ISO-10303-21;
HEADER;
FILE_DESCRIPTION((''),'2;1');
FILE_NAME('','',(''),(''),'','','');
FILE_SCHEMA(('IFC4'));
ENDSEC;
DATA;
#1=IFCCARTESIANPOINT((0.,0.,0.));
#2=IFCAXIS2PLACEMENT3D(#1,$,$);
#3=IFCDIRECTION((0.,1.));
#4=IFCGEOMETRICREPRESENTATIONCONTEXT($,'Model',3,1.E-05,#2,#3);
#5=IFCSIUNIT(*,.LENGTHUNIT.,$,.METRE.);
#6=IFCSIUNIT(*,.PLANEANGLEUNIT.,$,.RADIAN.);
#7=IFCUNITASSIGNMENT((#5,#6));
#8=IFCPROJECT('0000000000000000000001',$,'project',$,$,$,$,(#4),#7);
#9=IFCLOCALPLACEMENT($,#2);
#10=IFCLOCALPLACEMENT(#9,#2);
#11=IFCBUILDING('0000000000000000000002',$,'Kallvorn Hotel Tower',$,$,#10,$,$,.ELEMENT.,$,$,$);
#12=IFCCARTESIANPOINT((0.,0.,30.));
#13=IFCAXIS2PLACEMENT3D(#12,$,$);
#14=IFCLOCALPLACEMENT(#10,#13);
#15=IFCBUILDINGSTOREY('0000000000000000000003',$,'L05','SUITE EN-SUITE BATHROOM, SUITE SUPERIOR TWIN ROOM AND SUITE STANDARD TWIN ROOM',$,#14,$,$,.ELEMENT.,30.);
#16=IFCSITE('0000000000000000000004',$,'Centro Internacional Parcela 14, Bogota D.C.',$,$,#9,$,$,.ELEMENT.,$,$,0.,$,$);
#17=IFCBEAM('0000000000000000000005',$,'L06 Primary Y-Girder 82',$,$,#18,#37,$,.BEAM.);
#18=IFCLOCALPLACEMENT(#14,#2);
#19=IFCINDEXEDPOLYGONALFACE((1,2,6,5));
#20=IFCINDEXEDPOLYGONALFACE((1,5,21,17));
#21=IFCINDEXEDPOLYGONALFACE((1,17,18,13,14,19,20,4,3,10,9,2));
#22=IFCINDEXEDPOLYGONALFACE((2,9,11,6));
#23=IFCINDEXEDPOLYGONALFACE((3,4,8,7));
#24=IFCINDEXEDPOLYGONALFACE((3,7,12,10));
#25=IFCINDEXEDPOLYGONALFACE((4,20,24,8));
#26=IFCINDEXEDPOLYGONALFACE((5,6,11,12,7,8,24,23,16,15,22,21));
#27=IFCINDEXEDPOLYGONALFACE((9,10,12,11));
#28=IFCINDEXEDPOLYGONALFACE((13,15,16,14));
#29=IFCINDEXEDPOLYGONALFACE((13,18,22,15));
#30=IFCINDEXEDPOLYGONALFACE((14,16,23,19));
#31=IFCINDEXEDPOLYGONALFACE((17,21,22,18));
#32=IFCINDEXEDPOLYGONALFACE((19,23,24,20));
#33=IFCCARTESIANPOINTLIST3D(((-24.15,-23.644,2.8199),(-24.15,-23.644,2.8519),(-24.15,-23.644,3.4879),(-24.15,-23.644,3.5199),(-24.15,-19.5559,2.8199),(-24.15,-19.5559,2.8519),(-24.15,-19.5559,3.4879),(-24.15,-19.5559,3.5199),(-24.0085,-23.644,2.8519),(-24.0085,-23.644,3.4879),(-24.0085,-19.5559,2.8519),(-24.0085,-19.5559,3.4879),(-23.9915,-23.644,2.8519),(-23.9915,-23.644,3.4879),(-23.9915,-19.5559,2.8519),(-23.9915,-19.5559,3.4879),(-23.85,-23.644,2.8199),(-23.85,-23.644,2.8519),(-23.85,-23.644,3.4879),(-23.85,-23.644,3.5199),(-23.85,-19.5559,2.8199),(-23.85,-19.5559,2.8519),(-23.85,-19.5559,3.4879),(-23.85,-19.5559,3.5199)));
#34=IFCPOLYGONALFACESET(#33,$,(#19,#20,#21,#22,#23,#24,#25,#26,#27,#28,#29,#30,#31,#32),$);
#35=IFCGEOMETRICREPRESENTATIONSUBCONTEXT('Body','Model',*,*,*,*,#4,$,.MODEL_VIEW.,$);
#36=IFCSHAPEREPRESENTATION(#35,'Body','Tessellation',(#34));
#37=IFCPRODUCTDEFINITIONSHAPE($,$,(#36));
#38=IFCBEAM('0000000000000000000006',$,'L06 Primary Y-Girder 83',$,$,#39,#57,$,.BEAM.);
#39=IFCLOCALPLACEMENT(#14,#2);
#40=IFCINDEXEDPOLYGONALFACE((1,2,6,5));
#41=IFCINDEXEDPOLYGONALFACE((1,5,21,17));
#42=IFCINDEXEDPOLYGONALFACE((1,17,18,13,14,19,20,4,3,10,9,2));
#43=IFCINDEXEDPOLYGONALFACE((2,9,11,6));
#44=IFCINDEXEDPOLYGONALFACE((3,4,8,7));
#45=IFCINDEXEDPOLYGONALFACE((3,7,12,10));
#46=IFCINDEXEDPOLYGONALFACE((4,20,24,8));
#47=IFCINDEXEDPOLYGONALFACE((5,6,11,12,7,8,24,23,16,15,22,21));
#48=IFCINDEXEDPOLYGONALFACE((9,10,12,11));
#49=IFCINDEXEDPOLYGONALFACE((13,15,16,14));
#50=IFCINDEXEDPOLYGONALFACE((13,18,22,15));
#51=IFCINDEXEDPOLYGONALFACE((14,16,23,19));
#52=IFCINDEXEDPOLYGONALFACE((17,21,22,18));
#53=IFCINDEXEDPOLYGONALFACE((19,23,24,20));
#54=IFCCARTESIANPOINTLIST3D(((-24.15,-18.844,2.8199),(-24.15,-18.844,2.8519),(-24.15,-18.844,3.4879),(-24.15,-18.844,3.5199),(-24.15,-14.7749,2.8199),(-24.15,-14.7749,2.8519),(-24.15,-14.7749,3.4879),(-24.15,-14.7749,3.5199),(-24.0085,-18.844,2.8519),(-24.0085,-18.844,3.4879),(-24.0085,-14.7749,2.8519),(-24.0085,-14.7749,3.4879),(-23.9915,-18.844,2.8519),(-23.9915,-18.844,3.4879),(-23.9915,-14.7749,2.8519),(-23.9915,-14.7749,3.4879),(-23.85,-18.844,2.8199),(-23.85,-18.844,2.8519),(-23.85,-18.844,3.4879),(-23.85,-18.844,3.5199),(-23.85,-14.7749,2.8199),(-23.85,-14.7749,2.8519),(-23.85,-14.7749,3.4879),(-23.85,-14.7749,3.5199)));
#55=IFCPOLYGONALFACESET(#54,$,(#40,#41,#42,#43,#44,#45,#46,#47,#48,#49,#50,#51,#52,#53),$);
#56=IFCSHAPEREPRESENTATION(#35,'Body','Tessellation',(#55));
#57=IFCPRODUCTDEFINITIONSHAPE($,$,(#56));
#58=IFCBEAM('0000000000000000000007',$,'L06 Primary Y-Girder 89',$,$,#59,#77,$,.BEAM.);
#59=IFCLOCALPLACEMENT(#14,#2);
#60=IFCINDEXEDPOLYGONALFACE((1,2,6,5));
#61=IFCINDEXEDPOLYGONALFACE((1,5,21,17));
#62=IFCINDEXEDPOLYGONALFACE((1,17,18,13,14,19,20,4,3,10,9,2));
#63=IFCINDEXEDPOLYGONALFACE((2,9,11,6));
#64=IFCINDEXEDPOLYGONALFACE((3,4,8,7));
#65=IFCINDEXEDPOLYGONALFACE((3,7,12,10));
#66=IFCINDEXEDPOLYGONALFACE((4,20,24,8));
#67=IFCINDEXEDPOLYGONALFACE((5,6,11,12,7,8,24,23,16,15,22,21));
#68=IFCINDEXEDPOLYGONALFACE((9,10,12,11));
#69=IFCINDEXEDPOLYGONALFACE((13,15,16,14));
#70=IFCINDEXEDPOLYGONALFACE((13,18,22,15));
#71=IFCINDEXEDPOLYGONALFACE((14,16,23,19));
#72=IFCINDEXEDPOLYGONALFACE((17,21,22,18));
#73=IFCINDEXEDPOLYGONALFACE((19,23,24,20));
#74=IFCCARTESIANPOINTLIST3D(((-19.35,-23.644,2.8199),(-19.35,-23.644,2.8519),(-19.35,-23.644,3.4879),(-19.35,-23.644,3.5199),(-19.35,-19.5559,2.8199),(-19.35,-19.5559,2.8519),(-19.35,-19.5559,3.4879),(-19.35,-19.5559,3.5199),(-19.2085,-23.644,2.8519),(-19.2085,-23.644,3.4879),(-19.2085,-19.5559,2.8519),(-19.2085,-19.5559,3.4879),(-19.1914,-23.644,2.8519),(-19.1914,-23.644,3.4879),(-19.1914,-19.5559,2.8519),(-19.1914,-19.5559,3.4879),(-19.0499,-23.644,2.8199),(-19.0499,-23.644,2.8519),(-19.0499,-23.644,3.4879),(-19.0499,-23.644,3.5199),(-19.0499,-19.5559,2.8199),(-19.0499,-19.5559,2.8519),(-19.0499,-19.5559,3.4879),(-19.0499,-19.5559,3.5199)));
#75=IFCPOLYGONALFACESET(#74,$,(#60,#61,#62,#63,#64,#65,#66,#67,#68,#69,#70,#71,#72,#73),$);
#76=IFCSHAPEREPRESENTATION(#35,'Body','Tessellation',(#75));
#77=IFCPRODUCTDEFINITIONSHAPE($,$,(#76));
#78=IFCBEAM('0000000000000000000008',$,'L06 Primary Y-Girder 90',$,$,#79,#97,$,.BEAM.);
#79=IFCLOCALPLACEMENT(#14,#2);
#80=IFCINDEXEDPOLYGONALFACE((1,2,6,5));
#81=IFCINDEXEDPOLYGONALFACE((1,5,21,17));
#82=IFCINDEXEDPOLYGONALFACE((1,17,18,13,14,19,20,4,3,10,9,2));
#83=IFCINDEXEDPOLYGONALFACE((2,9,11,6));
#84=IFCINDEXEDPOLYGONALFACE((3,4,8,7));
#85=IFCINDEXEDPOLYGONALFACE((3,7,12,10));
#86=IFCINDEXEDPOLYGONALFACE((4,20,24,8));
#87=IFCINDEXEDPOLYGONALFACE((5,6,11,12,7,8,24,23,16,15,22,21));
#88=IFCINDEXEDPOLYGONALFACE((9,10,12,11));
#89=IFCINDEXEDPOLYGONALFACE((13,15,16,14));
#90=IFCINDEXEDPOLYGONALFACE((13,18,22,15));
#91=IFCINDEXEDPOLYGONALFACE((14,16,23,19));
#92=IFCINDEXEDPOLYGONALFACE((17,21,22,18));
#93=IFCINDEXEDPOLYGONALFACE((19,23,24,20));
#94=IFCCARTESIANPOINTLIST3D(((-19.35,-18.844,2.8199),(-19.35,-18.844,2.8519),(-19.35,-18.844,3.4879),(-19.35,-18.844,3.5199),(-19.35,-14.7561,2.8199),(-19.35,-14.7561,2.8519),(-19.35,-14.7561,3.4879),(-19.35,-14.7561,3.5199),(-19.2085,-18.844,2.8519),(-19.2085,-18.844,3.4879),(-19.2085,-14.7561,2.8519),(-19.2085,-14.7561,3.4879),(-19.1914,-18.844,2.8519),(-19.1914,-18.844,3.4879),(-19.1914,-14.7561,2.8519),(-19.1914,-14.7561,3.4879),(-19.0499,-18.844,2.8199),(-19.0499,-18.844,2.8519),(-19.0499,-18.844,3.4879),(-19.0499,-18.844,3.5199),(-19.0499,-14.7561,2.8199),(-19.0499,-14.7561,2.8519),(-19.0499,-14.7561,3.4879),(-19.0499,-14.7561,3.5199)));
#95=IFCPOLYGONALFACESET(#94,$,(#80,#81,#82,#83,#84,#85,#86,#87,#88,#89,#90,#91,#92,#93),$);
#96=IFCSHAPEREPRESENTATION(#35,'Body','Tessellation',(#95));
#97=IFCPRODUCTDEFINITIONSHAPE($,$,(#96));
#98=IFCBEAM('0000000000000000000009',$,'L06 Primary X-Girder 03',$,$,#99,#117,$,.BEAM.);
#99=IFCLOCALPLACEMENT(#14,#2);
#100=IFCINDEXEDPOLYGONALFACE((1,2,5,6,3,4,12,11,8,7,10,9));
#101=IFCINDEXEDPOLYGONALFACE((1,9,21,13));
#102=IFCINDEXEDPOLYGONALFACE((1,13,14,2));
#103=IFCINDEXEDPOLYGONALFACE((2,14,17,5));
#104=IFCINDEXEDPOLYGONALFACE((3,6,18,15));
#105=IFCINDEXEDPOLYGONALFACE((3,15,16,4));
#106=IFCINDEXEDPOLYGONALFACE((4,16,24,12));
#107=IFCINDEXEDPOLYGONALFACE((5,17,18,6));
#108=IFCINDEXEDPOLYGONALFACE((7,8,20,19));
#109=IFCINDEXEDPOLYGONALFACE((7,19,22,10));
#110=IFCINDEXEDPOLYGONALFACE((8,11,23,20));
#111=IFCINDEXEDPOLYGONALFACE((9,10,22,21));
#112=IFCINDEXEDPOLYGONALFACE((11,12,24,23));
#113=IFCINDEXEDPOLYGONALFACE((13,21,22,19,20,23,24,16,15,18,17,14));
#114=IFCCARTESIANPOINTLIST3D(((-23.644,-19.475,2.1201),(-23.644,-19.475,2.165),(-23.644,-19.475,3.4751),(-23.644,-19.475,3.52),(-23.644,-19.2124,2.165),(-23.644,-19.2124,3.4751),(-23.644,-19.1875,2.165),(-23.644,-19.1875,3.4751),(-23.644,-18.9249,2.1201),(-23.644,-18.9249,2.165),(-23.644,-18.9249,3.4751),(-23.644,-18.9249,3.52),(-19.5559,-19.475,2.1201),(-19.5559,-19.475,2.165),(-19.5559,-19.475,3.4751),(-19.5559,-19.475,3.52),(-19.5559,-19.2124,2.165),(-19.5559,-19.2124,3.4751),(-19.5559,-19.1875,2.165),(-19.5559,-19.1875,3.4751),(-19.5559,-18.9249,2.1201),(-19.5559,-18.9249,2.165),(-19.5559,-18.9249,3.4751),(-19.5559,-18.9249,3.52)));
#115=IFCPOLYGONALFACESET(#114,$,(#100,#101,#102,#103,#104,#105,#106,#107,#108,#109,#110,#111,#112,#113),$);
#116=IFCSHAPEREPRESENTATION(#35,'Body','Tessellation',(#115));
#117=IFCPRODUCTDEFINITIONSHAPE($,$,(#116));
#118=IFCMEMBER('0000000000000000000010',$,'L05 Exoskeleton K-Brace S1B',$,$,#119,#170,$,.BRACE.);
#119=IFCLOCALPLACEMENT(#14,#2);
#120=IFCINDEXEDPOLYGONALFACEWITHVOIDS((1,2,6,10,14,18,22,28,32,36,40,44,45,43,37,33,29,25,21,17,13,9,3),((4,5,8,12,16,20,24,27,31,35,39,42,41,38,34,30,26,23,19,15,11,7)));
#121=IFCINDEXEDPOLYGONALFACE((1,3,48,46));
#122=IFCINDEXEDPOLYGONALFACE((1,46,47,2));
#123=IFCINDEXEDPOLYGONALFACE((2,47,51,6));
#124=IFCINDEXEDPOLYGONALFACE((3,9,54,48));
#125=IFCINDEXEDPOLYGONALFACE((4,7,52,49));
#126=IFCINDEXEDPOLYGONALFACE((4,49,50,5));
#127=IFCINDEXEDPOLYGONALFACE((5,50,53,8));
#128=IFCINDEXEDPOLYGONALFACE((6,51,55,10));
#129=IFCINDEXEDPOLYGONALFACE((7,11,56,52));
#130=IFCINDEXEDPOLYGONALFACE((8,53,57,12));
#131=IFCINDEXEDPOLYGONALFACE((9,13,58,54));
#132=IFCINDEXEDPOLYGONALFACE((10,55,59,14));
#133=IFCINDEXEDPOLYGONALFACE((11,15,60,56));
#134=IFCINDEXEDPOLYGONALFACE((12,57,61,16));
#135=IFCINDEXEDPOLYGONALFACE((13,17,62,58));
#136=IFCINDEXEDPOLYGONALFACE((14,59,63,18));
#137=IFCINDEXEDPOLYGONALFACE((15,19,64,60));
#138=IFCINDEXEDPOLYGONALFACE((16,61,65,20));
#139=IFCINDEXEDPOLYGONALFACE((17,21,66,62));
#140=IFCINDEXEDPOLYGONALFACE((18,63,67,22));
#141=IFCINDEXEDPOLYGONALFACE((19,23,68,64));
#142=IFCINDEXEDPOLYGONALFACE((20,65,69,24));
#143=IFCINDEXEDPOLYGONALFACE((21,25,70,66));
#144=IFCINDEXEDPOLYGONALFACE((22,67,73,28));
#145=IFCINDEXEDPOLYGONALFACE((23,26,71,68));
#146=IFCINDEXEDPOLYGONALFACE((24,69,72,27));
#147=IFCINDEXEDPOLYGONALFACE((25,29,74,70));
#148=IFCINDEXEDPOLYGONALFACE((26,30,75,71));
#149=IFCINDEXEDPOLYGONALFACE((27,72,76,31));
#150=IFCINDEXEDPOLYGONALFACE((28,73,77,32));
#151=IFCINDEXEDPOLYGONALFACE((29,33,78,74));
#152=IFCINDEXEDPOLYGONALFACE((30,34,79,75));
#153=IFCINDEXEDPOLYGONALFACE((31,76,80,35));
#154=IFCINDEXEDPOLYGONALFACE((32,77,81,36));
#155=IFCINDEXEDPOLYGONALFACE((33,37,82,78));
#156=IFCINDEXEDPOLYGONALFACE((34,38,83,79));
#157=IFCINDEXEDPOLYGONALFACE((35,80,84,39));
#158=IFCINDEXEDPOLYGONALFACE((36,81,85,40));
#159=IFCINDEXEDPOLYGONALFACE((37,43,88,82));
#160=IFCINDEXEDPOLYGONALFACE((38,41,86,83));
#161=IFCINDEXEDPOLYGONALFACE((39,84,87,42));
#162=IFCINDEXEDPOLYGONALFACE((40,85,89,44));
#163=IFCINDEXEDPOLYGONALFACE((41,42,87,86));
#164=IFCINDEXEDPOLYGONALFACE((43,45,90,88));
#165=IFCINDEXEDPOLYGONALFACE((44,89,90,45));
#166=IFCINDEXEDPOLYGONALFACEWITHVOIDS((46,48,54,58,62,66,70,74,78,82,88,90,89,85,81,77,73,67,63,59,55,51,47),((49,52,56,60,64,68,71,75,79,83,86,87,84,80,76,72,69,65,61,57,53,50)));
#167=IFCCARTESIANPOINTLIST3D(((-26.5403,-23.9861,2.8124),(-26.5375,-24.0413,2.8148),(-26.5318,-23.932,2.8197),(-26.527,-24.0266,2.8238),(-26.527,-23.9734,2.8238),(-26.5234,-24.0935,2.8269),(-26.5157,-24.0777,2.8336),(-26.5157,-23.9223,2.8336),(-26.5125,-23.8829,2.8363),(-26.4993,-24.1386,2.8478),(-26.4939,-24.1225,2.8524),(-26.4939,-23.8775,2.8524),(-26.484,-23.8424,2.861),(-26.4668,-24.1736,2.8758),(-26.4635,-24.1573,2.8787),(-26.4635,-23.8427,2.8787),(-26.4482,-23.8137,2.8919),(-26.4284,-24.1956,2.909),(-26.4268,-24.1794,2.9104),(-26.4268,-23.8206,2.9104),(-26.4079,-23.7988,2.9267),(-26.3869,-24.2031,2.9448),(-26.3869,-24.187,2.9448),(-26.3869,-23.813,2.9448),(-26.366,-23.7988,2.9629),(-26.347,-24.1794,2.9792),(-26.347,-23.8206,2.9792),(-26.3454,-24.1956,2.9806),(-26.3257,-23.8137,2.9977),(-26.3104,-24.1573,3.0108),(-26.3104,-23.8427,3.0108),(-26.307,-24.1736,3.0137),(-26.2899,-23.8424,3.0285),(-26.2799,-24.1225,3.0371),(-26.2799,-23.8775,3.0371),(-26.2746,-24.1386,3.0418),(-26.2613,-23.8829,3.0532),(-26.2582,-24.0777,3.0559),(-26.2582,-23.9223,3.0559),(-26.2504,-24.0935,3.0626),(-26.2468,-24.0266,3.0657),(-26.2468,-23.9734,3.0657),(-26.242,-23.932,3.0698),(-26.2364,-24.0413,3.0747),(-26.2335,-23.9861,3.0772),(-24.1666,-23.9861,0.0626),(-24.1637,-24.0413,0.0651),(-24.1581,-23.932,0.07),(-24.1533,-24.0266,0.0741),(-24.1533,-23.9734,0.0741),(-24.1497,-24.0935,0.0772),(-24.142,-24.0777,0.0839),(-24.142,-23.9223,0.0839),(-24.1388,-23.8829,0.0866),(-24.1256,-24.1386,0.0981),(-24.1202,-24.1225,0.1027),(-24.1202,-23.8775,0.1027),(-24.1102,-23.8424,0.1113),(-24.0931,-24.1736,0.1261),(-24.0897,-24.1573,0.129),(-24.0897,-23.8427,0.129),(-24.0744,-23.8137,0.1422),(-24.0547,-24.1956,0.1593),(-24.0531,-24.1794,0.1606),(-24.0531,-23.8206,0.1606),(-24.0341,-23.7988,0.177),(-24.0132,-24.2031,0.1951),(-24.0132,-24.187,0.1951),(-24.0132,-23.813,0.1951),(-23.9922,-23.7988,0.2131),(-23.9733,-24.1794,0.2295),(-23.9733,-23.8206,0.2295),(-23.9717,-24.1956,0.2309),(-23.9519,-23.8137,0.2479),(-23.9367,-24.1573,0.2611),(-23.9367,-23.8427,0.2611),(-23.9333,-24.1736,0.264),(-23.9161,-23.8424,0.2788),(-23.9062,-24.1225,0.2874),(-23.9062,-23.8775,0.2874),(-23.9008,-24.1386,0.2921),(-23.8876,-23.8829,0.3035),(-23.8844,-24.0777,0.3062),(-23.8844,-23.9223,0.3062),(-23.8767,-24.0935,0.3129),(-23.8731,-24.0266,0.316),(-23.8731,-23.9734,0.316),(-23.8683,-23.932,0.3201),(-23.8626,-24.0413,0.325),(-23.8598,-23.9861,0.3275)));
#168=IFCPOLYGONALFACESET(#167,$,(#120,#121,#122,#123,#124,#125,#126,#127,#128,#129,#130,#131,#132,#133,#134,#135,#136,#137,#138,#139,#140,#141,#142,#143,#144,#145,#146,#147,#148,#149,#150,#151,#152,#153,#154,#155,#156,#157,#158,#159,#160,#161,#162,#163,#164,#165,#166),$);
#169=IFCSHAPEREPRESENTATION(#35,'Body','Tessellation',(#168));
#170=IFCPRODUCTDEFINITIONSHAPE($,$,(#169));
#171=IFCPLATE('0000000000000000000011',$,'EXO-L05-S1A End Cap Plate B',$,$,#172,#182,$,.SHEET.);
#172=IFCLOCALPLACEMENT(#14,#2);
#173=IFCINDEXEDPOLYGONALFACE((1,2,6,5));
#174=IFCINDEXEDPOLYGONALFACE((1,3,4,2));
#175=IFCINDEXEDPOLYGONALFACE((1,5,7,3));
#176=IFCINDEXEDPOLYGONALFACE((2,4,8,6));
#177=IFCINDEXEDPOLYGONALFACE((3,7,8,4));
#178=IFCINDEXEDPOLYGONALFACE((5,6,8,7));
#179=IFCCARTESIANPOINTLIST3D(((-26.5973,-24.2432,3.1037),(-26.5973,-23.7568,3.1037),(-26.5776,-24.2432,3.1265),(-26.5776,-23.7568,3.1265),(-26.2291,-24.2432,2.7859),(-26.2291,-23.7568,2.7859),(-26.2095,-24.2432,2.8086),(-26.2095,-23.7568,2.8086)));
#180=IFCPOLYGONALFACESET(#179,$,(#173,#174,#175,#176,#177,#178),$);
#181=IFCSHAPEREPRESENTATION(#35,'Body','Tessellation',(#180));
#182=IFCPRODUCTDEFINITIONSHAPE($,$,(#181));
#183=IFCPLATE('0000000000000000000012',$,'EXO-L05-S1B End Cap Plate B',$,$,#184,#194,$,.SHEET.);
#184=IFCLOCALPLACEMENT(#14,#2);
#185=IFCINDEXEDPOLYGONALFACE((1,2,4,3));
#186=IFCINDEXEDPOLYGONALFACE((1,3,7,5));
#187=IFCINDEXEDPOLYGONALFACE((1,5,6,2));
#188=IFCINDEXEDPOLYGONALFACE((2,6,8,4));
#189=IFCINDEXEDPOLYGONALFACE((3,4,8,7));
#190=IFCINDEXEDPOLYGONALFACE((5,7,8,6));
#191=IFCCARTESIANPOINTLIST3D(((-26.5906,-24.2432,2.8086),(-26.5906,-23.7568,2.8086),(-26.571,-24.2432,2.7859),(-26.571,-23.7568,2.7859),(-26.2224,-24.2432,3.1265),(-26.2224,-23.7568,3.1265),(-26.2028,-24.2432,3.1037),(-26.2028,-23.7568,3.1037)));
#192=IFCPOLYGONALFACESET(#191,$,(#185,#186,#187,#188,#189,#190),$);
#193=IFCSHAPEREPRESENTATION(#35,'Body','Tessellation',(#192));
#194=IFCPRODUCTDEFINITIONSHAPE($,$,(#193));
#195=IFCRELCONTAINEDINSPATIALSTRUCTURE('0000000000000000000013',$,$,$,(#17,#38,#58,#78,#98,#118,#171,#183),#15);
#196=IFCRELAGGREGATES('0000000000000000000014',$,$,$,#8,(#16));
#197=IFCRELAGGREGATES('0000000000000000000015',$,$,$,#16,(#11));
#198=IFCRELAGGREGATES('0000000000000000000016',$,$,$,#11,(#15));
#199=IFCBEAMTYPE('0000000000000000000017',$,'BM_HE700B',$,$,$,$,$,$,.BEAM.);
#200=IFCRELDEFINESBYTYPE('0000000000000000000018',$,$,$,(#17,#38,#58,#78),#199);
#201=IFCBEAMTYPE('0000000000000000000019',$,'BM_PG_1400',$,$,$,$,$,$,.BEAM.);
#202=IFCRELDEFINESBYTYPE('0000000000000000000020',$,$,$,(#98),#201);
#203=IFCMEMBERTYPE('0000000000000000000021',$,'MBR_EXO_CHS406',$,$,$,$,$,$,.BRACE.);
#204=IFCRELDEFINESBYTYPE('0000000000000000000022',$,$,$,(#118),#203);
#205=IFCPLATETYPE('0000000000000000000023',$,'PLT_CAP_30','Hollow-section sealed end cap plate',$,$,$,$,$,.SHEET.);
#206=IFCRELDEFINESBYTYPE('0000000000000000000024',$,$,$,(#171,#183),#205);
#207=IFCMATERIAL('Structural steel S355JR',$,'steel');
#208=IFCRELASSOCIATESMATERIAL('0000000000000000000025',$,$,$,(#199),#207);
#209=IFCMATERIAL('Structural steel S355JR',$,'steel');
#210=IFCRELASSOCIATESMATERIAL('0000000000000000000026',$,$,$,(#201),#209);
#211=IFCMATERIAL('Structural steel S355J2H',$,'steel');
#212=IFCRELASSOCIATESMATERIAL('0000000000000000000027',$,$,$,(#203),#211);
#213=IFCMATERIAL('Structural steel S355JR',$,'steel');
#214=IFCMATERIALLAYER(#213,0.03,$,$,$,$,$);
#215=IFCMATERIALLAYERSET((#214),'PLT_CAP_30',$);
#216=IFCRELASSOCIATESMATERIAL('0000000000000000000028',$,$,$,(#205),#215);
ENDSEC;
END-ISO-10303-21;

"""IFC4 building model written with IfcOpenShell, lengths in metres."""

from ifc_helpers import new_model, si_unit, direction, frame, origin, origin_2d, place, context, subcontext, project, spatial, polyline, hollow_circle, i_section, outline, extrude, material, layer, layer_set, material_profile, profile_set, type_object, element, save


model = new_model("IFC4")

# Units and contexts
model_context = context("Model", 3, precision=1e-05, world=origin(), true_north=direction((0.0, 1.0)))
body_context = subcontext(model_context, "Body", "Model", "MODEL_VIEW")
ifc_project = project(units=[si_unit("LENGTHUNIT", "METRE"), si_unit("PLANEANGLEUNIT", "RADIAN")], contexts=[model_context])

# Site, building, storey
site_placement = place(None, origin())
site = spatial("IfcSite", under=ifc_project, at=site_placement, Name="Centro Internacional Parcela 14, Bogota D.C.", CompositionType="ELEMENT", RefElevation=0.0)
building_placement = place(site_placement, origin())
building = spatial("IfcBuilding", under=site, at=building_placement, Name="Kallvorn Hotel Tower", CompositionType="ELEMENT")
storey_placement = place(building_placement, frame((0.0, 0.0, 30.0)))
storey = spatial("IfcBuildingStorey", under=building, at=storey_placement, Name="L05", Description="SUITE EN-SUITE BATHROOM, SUITE SUPERIOR TWIN ROOM AND SUITE STANDARD TWIN ROOM", CompositionType="ELEMENT", Elevation=30.0)

# Beams
ifc_material_1 = material(Name="Structural steel S355JR", Category="steel")
ifc_material_profile_1 = material_profile(ifc_material_1, i_section(OverallWidth=0.3, OverallDepth=0.7, WebThickness=0.0171, FlangeThickness=0.032, at=origin_2d()), Name="HE 700 B")
ifc_profile_set_1 = profile_set([ifc_material_profile_1], Name="Structural steel S355JR")
beam_type_1 = type_object("IfcBeamType", Name="BM_HE700B", PredefinedType="BEAM", material=ifc_profile_set_1)
beam_1_placement = place(storey_placement, frame((-24.0, -23.644, 3.1699), z_axis=(0.0, 1.0, 0.0), x_axis=(-1.0, 0.0, 0.0)))
element("IfcBeam", 1, at=beam_1_placement, inside=storey, type_object=beam_type_1, Name="L06 Primary Y-Girder 82", PredefinedType="BEAM", context=body_context, shape_type="SweptSolid", body=[
    extrude(i_section(OverallWidth=0.3, OverallDepth=0.7, WebThickness=0.0171, FlangeThickness=0.032, at=origin_2d()), origin(), (0.0, 0.0, 1.0), 4.0881),
])
beam_2_placement = place(storey_placement, frame((-24.0, -18.844, 3.1699), z_axis=(0.0, 1.0, 0.0), x_axis=(-1.0, 0.0, 0.0)))
element("IfcBeam", 2, at=beam_2_placement, inside=storey, type_object=beam_type_1, Name="L06 Primary Y-Girder 83", PredefinedType="BEAM", context=body_context, shape_type="SweptSolid", body=[
    extrude(i_section(OverallWidth=0.3, OverallDepth=0.7, WebThickness=0.0171, FlangeThickness=0.032, at=origin_2d()), origin(), (0.0, 0.0, 1.0), 4.0691),
])
beam_3_placement = place(storey_placement, frame((-19.2, -23.644, 3.1699), z_axis=(0.0, 1.0, 0.0), x_axis=(-1.0, 0.0, 0.0)))
element("IfcBeam", 3, at=beam_3_placement, inside=storey, type_object=beam_type_1, Name="L06 Primary Y-Girder 89", PredefinedType="BEAM", context=body_context, shape_type="SweptSolid", body=[
    extrude(i_section(OverallWidth=0.3, OverallDepth=0.7, WebThickness=0.0171, FlangeThickness=0.032, at=origin_2d()), origin(), (0.0, 0.0, 1.0), 4.0881),
])
beam_4_placement = place(storey_placement, frame((-19.2, -18.844, 3.1699), z_axis=(0.0, 1.0, 0.0), x_axis=(-1.0, 0.0, 0.0)))
element("IfcBeam", 4, at=beam_4_placement, inside=storey, type_object=beam_type_1, Name="L06 Primary Y-Girder 90", PredefinedType="BEAM", context=body_context, shape_type="SweptSolid", body=[
    extrude(i_section(OverallWidth=0.3, OverallDepth=0.7, WebThickness=0.0171, FlangeThickness=0.032, at=origin_2d()), origin(), (0.0, 0.0, 1.0), 4.0879),
])
ifc_material_2 = material(Name="Structural steel S355JR", Category="steel")
ifc_material_profile_2 = material_profile(ifc_material_2, i_section(OverallWidth=0.55, OverallDepth=1.3999, WebThickness=0.0249, FlangeThickness=0.0449, at=origin_2d()), Name="PG 1400x550x25x45")
ifc_profile_set_2 = profile_set([ifc_material_profile_2], Name="Structural steel S355JR")
beam_type_2 = type_object("IfcBeamType", Name="BM_PG_1400", PredefinedType="BEAM", material=ifc_profile_set_2)
beam_5_placement = place(storey_placement, frame((-23.644, -19.2, 2.8201), z_axis=(1.0, 0.0, 0.0), x_axis=(0.0, 1.0, 0.0)))
element("IfcBeam", 5, at=beam_5_placement, inside=storey, type_object=beam_type_2, Name="L06 Primary X-Girder 03", PredefinedType="BEAM", context=body_context, shape_type="SweptSolid", body=[
    extrude(i_section(OverallWidth=0.55, OverallDepth=1.3999, WebThickness=0.0249, FlangeThickness=0.0449, at=origin_2d()), origin(), (0.0, 0.0, 1.0), 4.0881),
])

# Member
ifc_material_3 = material(Name="Structural steel S355J2H", Category="steel")
ifc_material_profile_3 = material_profile(ifc_material_3, hollow_circle(Radius=0.2031, WallThickness=0.0161, at=origin_2d()), Name="CHS 406.4x16")
ifc_profile_set_3 = profile_set([ifc_material_profile_3], Name="Structural steel S355J2H")
member_type = type_object("IfcMemberType", Name="MBR_EXO_CHS406", PredefinedType="BRACE", material=ifc_profile_set_3)
member_placement = place(storey_placement, frame((-24.0132, -24.0, 0.1951), z_axis=(-0.653461, 0.0, 0.756961), x_axis=(0.0, -1.0, 0.0)))
element("IfcMember", 6, at=member_placement, inside=storey, type_object=member_type, Name="L05 Exoskeleton K-Brace S1B", PredefinedType="BRACE", context=body_context, shape_type="SweptSolid", body=[
    extrude(hollow_circle(Radius=0.2031, WallThickness=0.0161, at=origin_2d()), origin(), (0.0, 0.0, 1.0), 3.6326),
])

# Plates
ifc_material_4 = material(Name="Structural steel S355JR", Category="steel")
ifc_layer_1 = layer(ifc_material_4, 0.03)
ifc_layer_set_1 = layer_set([ifc_layer_1], Name="PLT_CAP_30")
plate_type_1 = type_object("IfcPlateType", Name="PLT_CAP_30", Description="Hollow-section sealed end cap plate", PredefinedType="SHEET", material=ifc_layer_set_1)
for number, where, z_axis, x_axis, name in (
    (7, (-26.2095, -24.2432, 2.8086), (0.653515, 0.0, 0.756913), (0.0, 1.0, 0.0), "EXO-L05-S1A End Cap Plate B"),
    (8, (-26.5906, -23.7568, 2.8086), (-0.653515, 0.0, 0.756913), (0.0, -1.0, 0.0), "EXO-L05-S1B End Cap Plate B"),
):
    element("IfcPlate", number, at=place(storey_placement, frame(where, z_axis=z_axis, x_axis=x_axis)), inside=storey, type_object=plate_type_1, Name=name, PredefinedType="SHEET", context=body_context, shape_type="SweptSolid", body=[
        extrude(outline(polyline([(0.0, 0.0), (0.4863, 0.0), (0.4863, 0.4864), (0.0, 0.4864), (0.0, 0.0)])), origin(), (0.0, 0.0, -1.0), 0.03),
    ])

save(model, "model.ifc")
